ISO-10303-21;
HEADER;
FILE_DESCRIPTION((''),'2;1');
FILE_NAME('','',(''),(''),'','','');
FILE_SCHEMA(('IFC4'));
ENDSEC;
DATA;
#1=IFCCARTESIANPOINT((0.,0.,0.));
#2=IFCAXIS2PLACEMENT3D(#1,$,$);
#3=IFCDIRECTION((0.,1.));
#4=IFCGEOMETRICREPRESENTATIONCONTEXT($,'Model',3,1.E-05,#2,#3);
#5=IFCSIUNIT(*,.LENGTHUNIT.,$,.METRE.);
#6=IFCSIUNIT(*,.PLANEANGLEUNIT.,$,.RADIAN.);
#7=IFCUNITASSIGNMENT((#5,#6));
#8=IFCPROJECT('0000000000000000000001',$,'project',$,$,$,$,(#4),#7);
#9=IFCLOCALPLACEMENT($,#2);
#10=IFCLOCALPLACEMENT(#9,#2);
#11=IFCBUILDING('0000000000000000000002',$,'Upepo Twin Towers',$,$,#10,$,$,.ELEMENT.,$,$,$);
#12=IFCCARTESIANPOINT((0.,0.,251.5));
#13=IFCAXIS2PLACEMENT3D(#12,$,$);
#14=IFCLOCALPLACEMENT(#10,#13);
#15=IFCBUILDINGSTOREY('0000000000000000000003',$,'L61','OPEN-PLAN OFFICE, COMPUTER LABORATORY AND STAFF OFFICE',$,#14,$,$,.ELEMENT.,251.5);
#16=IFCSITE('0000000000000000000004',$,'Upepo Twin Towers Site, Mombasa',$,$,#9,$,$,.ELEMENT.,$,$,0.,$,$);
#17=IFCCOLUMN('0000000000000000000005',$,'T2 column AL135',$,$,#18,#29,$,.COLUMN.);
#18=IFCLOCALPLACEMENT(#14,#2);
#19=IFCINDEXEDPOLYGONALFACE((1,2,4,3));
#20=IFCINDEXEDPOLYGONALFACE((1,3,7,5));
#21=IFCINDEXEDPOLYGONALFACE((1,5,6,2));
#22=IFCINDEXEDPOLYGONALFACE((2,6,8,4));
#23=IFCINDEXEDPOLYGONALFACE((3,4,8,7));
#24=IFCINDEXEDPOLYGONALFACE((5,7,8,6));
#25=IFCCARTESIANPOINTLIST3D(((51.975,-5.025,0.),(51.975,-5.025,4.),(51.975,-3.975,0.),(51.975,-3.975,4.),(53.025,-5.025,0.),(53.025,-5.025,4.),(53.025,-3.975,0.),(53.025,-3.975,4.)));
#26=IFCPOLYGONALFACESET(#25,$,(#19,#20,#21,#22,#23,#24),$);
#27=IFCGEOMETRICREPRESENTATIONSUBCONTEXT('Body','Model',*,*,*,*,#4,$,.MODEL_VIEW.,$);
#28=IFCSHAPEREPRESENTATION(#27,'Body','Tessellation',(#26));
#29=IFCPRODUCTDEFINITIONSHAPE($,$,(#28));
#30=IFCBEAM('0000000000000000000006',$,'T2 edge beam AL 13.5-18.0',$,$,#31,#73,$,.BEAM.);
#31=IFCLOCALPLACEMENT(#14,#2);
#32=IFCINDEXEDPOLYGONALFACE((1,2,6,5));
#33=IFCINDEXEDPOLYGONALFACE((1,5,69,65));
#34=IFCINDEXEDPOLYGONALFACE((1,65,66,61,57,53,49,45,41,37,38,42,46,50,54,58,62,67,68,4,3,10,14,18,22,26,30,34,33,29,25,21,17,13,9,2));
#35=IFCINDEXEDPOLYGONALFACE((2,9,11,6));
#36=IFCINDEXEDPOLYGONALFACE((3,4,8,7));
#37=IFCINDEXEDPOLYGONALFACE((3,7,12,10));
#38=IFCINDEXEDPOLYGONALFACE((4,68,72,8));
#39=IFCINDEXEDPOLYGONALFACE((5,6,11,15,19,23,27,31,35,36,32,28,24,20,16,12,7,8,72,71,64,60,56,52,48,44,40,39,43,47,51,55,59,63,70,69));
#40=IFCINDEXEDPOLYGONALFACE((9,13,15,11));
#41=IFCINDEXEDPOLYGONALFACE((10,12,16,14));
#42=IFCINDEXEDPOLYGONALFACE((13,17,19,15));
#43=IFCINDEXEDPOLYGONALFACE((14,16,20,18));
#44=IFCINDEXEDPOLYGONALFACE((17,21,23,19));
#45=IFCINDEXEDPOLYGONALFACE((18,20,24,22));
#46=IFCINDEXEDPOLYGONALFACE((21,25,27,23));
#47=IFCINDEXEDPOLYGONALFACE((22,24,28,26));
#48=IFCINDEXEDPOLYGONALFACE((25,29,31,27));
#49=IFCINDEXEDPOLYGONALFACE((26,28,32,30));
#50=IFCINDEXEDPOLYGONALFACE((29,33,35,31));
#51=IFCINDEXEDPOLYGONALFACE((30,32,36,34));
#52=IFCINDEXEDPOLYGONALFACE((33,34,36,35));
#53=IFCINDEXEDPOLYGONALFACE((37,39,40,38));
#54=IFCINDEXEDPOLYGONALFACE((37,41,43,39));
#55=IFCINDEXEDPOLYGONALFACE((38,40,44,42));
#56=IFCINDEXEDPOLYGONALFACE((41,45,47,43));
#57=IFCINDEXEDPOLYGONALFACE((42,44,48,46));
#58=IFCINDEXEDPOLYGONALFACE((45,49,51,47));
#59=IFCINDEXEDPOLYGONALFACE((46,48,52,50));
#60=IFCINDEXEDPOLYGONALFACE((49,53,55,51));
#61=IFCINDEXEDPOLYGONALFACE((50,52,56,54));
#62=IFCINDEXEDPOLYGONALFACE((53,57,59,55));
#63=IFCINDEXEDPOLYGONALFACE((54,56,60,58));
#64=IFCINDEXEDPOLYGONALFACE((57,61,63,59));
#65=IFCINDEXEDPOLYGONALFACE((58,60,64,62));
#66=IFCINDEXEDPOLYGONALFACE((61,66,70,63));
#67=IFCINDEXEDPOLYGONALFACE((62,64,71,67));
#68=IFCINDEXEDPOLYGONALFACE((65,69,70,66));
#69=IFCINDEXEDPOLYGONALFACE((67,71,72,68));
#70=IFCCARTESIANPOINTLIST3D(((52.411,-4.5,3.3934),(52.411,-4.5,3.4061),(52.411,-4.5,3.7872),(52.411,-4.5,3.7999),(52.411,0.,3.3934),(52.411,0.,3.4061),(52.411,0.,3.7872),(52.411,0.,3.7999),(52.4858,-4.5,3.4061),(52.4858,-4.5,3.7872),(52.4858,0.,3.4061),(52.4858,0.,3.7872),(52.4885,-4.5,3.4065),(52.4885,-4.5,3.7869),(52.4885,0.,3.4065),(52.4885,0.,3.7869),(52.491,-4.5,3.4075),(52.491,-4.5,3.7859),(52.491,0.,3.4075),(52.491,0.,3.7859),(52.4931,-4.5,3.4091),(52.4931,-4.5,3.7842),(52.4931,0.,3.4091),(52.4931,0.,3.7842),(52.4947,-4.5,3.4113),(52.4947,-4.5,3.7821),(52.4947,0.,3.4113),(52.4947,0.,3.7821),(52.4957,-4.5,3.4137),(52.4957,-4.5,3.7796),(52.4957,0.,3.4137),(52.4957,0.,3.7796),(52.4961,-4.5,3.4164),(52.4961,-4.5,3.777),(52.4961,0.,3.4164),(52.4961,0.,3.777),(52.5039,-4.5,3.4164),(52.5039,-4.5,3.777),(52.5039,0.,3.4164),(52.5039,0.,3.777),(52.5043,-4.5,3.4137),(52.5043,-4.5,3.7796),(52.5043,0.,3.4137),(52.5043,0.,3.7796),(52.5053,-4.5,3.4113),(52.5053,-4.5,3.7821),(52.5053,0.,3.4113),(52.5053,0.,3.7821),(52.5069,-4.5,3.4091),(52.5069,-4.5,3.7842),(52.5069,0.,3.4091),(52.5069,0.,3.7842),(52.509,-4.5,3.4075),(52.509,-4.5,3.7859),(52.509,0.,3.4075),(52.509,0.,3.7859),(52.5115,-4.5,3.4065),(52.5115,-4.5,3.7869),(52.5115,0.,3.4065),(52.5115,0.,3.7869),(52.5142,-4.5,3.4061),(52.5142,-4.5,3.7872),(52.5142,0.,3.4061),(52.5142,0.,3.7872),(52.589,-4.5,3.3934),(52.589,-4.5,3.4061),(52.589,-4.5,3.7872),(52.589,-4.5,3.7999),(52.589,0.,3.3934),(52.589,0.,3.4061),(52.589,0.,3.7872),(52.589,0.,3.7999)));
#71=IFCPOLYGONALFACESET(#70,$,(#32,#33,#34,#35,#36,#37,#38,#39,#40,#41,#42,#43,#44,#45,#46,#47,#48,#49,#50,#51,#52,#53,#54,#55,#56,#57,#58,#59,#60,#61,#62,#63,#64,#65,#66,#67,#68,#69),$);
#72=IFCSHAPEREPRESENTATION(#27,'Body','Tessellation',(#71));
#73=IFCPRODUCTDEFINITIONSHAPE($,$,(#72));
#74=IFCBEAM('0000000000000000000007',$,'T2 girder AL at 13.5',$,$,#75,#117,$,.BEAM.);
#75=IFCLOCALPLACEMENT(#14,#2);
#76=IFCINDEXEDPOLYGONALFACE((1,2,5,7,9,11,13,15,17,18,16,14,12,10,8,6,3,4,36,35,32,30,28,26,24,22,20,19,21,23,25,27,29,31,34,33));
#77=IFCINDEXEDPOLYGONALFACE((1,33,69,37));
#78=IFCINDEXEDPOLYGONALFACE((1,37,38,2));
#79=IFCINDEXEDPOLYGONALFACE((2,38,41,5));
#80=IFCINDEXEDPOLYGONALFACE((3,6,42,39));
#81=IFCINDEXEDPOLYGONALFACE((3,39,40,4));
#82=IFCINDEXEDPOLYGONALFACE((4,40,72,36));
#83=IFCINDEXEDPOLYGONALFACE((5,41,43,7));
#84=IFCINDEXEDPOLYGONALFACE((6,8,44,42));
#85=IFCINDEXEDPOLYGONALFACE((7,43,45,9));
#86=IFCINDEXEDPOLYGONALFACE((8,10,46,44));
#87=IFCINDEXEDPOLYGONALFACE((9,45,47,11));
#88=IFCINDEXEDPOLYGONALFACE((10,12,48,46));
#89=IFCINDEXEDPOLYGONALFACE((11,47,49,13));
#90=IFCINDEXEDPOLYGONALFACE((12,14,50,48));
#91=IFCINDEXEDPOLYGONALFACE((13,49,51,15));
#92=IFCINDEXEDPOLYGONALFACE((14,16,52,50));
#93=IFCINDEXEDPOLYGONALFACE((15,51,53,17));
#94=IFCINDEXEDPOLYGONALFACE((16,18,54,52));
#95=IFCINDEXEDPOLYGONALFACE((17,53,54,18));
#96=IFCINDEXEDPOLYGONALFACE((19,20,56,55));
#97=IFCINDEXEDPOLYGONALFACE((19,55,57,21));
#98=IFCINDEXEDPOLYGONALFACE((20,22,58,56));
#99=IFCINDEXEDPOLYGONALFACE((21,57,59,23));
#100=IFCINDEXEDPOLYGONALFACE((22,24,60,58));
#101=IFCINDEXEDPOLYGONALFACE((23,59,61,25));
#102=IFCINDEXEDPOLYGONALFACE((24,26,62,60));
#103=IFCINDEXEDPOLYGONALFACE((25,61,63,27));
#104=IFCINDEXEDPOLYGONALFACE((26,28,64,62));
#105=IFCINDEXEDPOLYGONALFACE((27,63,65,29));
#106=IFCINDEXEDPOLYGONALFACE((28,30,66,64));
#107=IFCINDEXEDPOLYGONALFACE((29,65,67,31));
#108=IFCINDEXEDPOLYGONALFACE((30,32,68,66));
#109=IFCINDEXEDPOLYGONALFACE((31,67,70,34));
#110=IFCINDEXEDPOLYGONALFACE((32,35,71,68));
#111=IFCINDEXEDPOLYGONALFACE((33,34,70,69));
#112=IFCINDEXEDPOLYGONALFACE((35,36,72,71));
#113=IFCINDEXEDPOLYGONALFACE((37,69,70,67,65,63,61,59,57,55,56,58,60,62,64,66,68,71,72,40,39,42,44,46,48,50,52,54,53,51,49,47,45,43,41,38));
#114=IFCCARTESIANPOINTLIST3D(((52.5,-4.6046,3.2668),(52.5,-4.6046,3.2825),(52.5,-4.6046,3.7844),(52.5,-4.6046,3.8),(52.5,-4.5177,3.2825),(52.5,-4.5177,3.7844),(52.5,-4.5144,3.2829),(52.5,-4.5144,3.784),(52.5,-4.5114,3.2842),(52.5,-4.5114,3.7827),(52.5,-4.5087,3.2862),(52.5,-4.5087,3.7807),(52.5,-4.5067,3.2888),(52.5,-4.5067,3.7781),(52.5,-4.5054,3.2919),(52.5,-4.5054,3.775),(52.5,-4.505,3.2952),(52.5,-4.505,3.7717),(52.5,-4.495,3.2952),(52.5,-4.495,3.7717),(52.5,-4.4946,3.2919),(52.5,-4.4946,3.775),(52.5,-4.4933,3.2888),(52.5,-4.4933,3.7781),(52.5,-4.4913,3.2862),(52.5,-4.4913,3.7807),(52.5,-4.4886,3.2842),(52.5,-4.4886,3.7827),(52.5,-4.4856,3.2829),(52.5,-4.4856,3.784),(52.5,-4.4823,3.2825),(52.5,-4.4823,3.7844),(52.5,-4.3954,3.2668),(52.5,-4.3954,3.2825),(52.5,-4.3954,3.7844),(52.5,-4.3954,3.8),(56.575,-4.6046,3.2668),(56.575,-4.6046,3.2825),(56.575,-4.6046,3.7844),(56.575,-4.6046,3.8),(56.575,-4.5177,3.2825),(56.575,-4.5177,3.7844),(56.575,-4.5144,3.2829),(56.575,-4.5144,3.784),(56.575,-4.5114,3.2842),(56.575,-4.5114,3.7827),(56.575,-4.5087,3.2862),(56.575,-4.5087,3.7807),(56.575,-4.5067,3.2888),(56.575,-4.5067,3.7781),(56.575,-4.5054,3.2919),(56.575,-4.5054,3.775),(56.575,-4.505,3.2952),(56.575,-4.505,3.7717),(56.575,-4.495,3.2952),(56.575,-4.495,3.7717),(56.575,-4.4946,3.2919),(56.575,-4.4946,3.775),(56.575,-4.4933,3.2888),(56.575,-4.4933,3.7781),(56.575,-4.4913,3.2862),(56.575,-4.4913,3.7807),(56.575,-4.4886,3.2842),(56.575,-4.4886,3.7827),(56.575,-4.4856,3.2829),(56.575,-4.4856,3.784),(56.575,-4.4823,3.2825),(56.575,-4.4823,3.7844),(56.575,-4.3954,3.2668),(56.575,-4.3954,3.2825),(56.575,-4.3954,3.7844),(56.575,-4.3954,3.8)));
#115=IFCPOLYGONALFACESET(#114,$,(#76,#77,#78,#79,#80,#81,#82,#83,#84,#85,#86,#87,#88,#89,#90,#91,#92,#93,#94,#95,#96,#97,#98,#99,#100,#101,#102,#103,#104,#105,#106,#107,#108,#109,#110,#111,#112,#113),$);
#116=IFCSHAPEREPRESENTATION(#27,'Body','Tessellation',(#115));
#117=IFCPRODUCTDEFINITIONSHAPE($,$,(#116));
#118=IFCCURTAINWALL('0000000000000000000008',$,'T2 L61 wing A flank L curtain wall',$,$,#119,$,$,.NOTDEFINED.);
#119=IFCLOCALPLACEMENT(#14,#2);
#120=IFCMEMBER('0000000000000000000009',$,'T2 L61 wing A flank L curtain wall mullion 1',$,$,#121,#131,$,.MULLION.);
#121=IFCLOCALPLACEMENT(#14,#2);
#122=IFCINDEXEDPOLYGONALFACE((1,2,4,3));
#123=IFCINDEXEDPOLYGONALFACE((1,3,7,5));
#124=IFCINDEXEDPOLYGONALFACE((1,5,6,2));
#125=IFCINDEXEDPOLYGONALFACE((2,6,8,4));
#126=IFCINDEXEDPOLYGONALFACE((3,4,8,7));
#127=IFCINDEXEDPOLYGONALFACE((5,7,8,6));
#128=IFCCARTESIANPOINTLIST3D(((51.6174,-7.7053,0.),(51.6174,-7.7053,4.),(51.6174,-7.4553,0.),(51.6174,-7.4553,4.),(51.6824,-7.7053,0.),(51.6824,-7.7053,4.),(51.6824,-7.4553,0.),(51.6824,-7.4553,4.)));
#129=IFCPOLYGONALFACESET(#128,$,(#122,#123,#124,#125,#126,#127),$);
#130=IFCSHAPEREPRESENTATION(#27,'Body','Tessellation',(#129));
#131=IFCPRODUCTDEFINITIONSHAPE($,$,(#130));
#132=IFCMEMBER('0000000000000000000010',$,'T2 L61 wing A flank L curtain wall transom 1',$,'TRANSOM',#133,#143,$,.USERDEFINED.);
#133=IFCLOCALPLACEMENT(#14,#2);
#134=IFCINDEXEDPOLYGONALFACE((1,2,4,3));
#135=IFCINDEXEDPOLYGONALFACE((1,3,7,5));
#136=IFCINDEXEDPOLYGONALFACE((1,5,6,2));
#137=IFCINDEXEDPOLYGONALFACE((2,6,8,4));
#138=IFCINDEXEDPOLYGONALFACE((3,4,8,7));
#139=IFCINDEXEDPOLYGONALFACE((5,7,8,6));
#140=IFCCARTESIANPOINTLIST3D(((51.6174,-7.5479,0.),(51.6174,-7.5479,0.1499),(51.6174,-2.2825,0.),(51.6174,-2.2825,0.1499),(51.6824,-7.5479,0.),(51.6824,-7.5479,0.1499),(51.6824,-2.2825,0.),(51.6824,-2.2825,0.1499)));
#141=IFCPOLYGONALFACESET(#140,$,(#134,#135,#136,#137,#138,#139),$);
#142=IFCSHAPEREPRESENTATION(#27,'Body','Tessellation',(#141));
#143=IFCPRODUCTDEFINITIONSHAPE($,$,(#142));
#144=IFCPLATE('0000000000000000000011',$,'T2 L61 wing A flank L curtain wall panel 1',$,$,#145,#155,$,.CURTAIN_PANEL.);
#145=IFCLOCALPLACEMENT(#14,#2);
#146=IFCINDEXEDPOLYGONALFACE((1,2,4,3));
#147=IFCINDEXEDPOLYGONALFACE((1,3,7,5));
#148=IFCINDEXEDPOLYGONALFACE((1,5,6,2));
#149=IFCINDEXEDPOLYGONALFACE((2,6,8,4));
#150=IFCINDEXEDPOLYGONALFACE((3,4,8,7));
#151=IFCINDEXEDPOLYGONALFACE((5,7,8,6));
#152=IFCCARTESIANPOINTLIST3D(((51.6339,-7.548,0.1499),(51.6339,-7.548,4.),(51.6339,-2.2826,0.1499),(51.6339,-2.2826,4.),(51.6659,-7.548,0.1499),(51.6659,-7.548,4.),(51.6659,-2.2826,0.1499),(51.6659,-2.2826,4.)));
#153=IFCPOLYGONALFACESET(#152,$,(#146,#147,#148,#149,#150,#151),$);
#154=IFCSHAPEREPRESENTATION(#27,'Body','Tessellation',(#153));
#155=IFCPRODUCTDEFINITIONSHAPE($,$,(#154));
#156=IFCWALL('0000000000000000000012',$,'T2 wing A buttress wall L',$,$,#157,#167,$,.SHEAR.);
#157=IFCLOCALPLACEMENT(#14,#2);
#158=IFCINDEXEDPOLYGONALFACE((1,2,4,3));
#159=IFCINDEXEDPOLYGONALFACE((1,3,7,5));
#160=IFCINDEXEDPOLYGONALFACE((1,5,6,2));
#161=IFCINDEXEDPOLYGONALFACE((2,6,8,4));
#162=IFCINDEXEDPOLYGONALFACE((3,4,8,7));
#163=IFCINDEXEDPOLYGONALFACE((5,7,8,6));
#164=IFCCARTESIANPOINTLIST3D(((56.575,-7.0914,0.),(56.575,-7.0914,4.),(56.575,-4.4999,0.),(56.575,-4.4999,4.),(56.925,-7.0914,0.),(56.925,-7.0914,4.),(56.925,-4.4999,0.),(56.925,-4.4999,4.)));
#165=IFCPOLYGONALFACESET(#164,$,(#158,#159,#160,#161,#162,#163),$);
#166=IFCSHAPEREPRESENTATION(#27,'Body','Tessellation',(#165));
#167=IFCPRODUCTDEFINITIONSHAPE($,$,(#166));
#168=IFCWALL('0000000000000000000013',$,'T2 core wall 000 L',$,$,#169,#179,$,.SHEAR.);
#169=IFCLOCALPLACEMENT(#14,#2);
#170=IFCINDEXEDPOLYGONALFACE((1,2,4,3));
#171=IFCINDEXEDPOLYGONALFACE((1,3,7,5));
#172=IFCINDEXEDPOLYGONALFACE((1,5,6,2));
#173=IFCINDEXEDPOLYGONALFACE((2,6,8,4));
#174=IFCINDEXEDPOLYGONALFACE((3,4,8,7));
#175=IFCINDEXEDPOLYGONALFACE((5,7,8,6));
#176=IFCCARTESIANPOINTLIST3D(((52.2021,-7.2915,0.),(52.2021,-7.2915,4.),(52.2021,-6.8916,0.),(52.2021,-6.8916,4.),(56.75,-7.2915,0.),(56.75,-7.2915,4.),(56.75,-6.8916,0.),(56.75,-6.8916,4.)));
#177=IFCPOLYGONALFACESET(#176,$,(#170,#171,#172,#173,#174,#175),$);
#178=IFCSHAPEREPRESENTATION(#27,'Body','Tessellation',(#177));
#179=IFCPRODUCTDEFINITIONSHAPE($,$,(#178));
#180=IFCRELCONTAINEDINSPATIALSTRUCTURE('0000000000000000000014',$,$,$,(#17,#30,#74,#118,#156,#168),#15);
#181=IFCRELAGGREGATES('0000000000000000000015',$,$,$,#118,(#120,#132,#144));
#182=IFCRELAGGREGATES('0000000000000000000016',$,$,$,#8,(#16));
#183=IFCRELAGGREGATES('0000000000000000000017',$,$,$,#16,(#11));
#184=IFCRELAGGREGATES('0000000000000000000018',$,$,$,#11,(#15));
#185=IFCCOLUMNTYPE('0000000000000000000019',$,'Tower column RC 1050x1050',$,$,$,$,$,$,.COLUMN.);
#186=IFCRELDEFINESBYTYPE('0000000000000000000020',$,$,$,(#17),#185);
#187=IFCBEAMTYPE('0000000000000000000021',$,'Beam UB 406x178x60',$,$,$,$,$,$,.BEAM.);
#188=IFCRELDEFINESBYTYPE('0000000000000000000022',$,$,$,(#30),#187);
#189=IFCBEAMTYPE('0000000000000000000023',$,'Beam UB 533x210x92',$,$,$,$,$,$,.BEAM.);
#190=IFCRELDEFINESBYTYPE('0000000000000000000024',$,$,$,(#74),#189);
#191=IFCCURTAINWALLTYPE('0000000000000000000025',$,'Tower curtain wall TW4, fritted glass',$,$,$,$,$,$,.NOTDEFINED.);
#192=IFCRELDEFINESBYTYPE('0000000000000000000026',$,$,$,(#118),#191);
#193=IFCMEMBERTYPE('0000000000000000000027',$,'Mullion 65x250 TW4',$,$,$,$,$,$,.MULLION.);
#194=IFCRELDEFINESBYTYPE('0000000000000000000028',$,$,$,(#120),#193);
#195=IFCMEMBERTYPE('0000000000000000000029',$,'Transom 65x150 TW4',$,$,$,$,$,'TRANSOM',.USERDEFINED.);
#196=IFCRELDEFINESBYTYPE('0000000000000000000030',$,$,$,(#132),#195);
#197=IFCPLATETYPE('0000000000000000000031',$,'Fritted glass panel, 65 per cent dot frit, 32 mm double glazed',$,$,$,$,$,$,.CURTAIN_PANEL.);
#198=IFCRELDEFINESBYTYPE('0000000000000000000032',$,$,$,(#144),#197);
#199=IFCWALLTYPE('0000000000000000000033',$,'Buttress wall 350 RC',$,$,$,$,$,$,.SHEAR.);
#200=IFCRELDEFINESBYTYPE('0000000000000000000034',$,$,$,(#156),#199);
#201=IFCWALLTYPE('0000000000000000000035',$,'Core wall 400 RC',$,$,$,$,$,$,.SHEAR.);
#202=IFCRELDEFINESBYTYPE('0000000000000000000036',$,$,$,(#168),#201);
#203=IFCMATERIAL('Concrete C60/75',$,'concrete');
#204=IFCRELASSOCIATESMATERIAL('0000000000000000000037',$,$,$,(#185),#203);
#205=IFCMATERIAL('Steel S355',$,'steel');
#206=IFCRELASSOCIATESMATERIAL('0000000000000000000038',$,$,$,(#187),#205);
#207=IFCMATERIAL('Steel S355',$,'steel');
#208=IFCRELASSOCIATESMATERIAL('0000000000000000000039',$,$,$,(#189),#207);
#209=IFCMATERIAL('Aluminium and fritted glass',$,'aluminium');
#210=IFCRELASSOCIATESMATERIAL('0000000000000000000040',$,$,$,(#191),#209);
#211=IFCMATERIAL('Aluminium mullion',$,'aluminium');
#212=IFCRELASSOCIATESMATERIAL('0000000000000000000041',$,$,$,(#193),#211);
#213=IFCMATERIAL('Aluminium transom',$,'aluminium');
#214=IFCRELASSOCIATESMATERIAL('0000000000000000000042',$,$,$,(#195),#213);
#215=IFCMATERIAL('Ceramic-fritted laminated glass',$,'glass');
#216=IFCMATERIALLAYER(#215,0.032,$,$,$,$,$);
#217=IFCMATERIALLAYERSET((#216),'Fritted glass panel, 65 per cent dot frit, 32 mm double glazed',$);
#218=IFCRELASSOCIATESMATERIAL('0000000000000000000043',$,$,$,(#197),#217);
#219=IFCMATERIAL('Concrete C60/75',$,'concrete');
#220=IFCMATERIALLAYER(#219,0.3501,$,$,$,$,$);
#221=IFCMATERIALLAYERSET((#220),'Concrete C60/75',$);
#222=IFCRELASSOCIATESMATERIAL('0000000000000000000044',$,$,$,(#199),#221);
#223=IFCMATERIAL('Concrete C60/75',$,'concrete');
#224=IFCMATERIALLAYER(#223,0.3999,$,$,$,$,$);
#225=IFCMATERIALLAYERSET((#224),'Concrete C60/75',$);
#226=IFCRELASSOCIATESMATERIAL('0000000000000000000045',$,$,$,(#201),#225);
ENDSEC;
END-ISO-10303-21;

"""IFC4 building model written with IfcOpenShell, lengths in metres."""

from ifc_helpers import new_model, si_unit, direction, frame, frame_2d, origin, origin_2d, place, context, subcontext, project, spatial, rectangle, i_section, extrude, material, layer, layer_set, material_profile, profile_set, type_object, element, aggregate, save


model = new_model("IFC4")

# Units and contexts
model_context = context("Model", 3, precision=1e-05, world=origin(), true_north=direction((0.0, 1.0)))
body_context = subcontext(model_context, "Body", "Model", "MODEL_VIEW")
ifc_project = project(units=[si_unit("LENGTHUNIT", "METRE"), si_unit("PLANEANGLEUNIT", "RADIAN")], contexts=[model_context])

# Site, building, storey
site_placement = place(None, origin())
site = spatial("IfcSite", under=ifc_project, at=site_placement, Name="Upepo Twin Towers Site, Mombasa", CompositionType="ELEMENT", RefElevation=0.0)
building_placement = place(site_placement, origin())
building = spatial("IfcBuilding", under=site, at=building_placement, Name="Upepo Twin Towers", CompositionType="ELEMENT")
storey_placement = place(building_placement, frame((0.0, 0.0, 251.5)))
storey = spatial("IfcBuildingStorey", under=building, at=storey_placement, Name="L61", Description="OPEN-PLAN OFFICE, COMPUTER LABORATORY AND STAFF OFFICE", CompositionType="ELEMENT", Elevation=251.5)

# Column
ifc_material_1 = material(Name="Concrete C60/75", Category="concrete")
ifc_material_profile_1 = material_profile(ifc_material_1, rectangle(XDim=1.05, YDim=1.05, at=origin_2d()), Name="RC 1050x1050")
ifc_profile_set_1 = profile_set([ifc_material_profile_1], Name="Concrete C60/75")
column_type = type_object("IfcColumnType", Name="Tower column RC 1050x1050", PredefinedType="COLUMN", material=ifc_profile_set_1)
column_placement = place(storey_placement, frame((52.5, -4.5, 0.0), z_axis=(0.0, 0.0, 1.0), x_axis=(1.0, 0.0, 0.0)))
element("IfcColumn", 1, at=column_placement, inside=storey, type_object=column_type, Name="T2 column AL135", PredefinedType="COLUMN", context=body_context, shape_type="SweptSolid", body=[
    extrude(rectangle(XDim=1.05, YDim=1.05, at=origin_2d()), origin(), (0.0, 0.0, 1.0), 4.0),
])

# Beams
ifc_material_2 = material(Name="Steel S355", Category="steel")
ifc_material_profile_2 = material_profile(ifc_material_2, i_section(OverallWidth=0.178, OverallDepth=0.4065, WebThickness=0.0078, FlangeThickness=0.0127, FilletRadius=0.0103, at=origin_2d()), Name="UB 406x178x60")
ifc_profile_set_2 = profile_set([ifc_material_profile_2], Name="Steel S355")
beam_type_1 = type_object("IfcBeamType", Name="Beam UB 406x178x60", PredefinedType="BEAM", material=ifc_profile_set_2)
beam_1_placement = place(storey_placement, frame((52.5, -4.5, 3.5967), z_axis=(0.0, 1.0, 0.0), x_axis=(-1.0, 0.0, 0.0)))
element("IfcBeam", 2, at=beam_1_placement, inside=storey, type_object=beam_type_1, Name="T2 edge beam AL 13.5-18.0", PredefinedType="BEAM", context=body_context, shape_type="SweptSolid", body=[
    extrude(i_section(OverallWidth=0.178, OverallDepth=0.4065, WebThickness=0.0078, FlangeThickness=0.0127, FilletRadius=0.0103, at=origin_2d()), origin(), (0.0, 0.0, 1.0), 4.5),
])
ifc_material_3 = material(Name="Steel S355", Category="steel")
ifc_material_profile_3 = material_profile(ifc_material_3, i_section(OverallWidth=0.2092, OverallDepth=0.5332, WebThickness=0.01, FlangeThickness=0.0156, FilletRadius=0.0127, at=origin_2d()), Name="UB 533x210x92")
ifc_profile_set_3 = profile_set([ifc_material_profile_3], Name="Steel S355")
beam_type_2 = type_object("IfcBeamType", Name="Beam UB 533x210x92", PredefinedType="BEAM", material=ifc_profile_set_3)
beam_2_placement = place(storey_placement, frame((52.5, -4.5, 3.5334), z_axis=(1.0, 0.0, 0.0), x_axis=(0.0, 1.0, 0.0)))
element("IfcBeam", 3, at=beam_2_placement, inside=storey, type_object=beam_type_2, Name="T2 girder AL at 13.5", PredefinedType="BEAM", context=body_context, shape_type="SweptSolid", body=[
    extrude(i_section(OverallWidth=0.2092, OverallDepth=0.5332, WebThickness=0.01, FlangeThickness=0.0156, FilletRadius=0.0127, at=origin_2d()), origin(), (0.0, 0.0, 1.0), 4.075),
])

# Curtain wall, members, plate
ifc_material_4 = material(Name="Aluminium and fritted glass", Category="aluminium")
curtain_wall_type = type_object("IfcCurtainWallType", Name="Tower curtain wall TW4, fritted glass", PredefinedType="NOTDEFINED", material=ifc_material_4)
curtain_wall_placement = place(storey_placement, origin())
curtain_wall = element("IfcCurtainWall", 4, at=curtain_wall_placement, inside=storey, type_object=curtain_wall_type, Name="T2 L61 wing A flank L curtain wall", PredefinedType="NOTDEFINED")
ifc_material_5 = material(Name="Aluminium mullion", Category="aluminium")
ifc_material_profile_4 = material_profile(ifc_material_5, rectangle(XDim=0.0649, YDim=0.25, at=origin_2d()), Name="MULLION 65x250")
ifc_profile_set_4 = profile_set([ifc_material_profile_4], Name="Aluminium mullion")
member_type_1 = type_object("IfcMemberType", Name="Mullion 65x250 TW4", PredefinedType="MULLION", material=ifc_profile_set_4)
member_1_placement = place(storey_placement, frame((51.6499, -7.5803, 0.0), z_axis=(0.0, 0.0, 1.0), x_axis=(-1.0, 0.0, 0.0)))
member_1 = element("IfcMember", 5, at=member_1_placement, type_object=member_type_1, Name="T2 L61 wing A flank L curtain wall mullion 1", PredefinedType="MULLION", context=body_context, shape_type="SweptSolid", body=[
    extrude(rectangle(XDim=0.0649, YDim=0.25, at=origin_2d()), origin(), (0.0, 0.0, 1.0), 4.0),
])
ifc_material_6 = material(Name="Aluminium transom", Category="aluminium")
ifc_material_profile_5 = material_profile(ifc_material_6, rectangle(XDim=0.0649, YDim=0.1499, at=origin_2d()), Name="TRANSOM 65x150")
ifc_profile_set_5 = profile_set([ifc_material_profile_5], Name="Aluminium transom")
member_type_2 = type_object("IfcMemberType", Name="Transom 65x150 TW4", ElementType="TRANSOM", PredefinedType="USERDEFINED", material=ifc_profile_set_5)
member_2_placement = place(storey_placement, frame((51.6499, -7.5479, 0.075), z_axis=(0.0, 1.0, 0.0), x_axis=(-1.0, 0.0, 0.0)))
member_2 = element("IfcMember", 6, at=member_2_placement, type_object=member_type_2, Name="T2 L61 wing A flank L curtain wall transom 1", ObjectType="TRANSOM", PredefinedType="USERDEFINED", context=body_context, shape_type="SweptSolid", body=[
    extrude(rectangle(XDim=0.0649, YDim=0.1499, at=origin_2d()), origin(), (0.0, 0.0, 1.0), 5.2654),
])
ifc_material_7 = material(Name="Ceramic-fritted laminated glass", Category="glass")
ifc_layer_1 = layer(ifc_material_7, 0.032)
ifc_layer_set_1 = layer_set([ifc_layer_1], Name="Fritted glass panel, 65 per cent dot frit, 32 mm double glazed")
plate_type = type_object("IfcPlateType", Name="Fritted glass panel, 65 per cent dot frit, 32 mm double glazed", PredefinedType="CURTAIN_PANEL", material=ifc_layer_set_1)
plate_placement = place(storey_placement, frame((51.6499, -4.9153, 0.1499), z_axis=(0.0, 0.0, 1.0), x_axis=(0.0, 1.0, 0.0)))
plate = element("IfcPlate", 7, at=plate_placement, type_object=plate_type, Name="T2 L61 wing A flank L curtain wall panel 1", PredefinedType="CURTAIN_PANEL", context=body_context, shape_type="SweptSolid", body=[
    extrude(rectangle(XDim=5.2654, YDim=0.032, at=origin_2d()), origin(), (0.0, 0.0, 1.0), 3.8501),
])
aggregate(curtain_wall, [member_1, member_2, plate])

# Walls
ifc_material_8 = material(Name="Concrete C60/75", Category="concrete")
ifc_layer_2 = layer(ifc_material_8, 0.3501)
ifc_layer_set_2 = layer_set([ifc_layer_2], Name="Concrete C60/75")
wall_type_1 = type_object("IfcWallType", Name="Buttress wall 350 RC", PredefinedType="SHEAR", material=ifc_layer_set_2)
wall_1_placement = place(storey_placement, frame((56.75, -7.0916, 0.0), z_axis=(0.0, 0.0, 1.0), x_axis=(0.0, 1.0, 0.0)))
element("IfcWall", 8, at=wall_1_placement, inside=storey, type_object=wall_type_1, Name="T2 wing A buttress wall L", PredefinedType="SHEAR", context=body_context, shape_type="SweptSolid", body=[
    extrude(rectangle(XDim=2.5916, YDim=0.3501, at=frame_2d((1.2959, 0.0))), origin(), (0.0, 0.0, 1.0), 4.0),
])
ifc_material_9 = material(Name="Concrete C60/75", Category="concrete")
ifc_layer_3 = layer(ifc_material_9, 0.3999)
ifc_layer_set_3 = layer_set([ifc_layer_3], Name="Concrete C60/75")
wall_type_2 = type_object("IfcWallType", Name="Core wall 400 RC", PredefinedType="SHEAR", material=ifc_layer_set_3)
wall_2_placement = place(storey_placement, frame((56.75, -7.0916, 0.0), z_axis=(0.0, 0.0, 1.0), x_axis=(-1.0, 0.0, 0.0)))
element("IfcWall", 9, at=wall_2_placement, inside=storey, type_object=wall_type_2, Name="T2 core wall 000 L", PredefinedType="SHEAR", context=body_context, shape_type="SweptSolid", body=[
    extrude(rectangle(XDim=4.5479, YDim=0.3999, at=frame_2d((2.2739, 0.0))), origin(), (0.0, 0.0, 1.0), 4.0),
])

save(model, "model.ifc")
